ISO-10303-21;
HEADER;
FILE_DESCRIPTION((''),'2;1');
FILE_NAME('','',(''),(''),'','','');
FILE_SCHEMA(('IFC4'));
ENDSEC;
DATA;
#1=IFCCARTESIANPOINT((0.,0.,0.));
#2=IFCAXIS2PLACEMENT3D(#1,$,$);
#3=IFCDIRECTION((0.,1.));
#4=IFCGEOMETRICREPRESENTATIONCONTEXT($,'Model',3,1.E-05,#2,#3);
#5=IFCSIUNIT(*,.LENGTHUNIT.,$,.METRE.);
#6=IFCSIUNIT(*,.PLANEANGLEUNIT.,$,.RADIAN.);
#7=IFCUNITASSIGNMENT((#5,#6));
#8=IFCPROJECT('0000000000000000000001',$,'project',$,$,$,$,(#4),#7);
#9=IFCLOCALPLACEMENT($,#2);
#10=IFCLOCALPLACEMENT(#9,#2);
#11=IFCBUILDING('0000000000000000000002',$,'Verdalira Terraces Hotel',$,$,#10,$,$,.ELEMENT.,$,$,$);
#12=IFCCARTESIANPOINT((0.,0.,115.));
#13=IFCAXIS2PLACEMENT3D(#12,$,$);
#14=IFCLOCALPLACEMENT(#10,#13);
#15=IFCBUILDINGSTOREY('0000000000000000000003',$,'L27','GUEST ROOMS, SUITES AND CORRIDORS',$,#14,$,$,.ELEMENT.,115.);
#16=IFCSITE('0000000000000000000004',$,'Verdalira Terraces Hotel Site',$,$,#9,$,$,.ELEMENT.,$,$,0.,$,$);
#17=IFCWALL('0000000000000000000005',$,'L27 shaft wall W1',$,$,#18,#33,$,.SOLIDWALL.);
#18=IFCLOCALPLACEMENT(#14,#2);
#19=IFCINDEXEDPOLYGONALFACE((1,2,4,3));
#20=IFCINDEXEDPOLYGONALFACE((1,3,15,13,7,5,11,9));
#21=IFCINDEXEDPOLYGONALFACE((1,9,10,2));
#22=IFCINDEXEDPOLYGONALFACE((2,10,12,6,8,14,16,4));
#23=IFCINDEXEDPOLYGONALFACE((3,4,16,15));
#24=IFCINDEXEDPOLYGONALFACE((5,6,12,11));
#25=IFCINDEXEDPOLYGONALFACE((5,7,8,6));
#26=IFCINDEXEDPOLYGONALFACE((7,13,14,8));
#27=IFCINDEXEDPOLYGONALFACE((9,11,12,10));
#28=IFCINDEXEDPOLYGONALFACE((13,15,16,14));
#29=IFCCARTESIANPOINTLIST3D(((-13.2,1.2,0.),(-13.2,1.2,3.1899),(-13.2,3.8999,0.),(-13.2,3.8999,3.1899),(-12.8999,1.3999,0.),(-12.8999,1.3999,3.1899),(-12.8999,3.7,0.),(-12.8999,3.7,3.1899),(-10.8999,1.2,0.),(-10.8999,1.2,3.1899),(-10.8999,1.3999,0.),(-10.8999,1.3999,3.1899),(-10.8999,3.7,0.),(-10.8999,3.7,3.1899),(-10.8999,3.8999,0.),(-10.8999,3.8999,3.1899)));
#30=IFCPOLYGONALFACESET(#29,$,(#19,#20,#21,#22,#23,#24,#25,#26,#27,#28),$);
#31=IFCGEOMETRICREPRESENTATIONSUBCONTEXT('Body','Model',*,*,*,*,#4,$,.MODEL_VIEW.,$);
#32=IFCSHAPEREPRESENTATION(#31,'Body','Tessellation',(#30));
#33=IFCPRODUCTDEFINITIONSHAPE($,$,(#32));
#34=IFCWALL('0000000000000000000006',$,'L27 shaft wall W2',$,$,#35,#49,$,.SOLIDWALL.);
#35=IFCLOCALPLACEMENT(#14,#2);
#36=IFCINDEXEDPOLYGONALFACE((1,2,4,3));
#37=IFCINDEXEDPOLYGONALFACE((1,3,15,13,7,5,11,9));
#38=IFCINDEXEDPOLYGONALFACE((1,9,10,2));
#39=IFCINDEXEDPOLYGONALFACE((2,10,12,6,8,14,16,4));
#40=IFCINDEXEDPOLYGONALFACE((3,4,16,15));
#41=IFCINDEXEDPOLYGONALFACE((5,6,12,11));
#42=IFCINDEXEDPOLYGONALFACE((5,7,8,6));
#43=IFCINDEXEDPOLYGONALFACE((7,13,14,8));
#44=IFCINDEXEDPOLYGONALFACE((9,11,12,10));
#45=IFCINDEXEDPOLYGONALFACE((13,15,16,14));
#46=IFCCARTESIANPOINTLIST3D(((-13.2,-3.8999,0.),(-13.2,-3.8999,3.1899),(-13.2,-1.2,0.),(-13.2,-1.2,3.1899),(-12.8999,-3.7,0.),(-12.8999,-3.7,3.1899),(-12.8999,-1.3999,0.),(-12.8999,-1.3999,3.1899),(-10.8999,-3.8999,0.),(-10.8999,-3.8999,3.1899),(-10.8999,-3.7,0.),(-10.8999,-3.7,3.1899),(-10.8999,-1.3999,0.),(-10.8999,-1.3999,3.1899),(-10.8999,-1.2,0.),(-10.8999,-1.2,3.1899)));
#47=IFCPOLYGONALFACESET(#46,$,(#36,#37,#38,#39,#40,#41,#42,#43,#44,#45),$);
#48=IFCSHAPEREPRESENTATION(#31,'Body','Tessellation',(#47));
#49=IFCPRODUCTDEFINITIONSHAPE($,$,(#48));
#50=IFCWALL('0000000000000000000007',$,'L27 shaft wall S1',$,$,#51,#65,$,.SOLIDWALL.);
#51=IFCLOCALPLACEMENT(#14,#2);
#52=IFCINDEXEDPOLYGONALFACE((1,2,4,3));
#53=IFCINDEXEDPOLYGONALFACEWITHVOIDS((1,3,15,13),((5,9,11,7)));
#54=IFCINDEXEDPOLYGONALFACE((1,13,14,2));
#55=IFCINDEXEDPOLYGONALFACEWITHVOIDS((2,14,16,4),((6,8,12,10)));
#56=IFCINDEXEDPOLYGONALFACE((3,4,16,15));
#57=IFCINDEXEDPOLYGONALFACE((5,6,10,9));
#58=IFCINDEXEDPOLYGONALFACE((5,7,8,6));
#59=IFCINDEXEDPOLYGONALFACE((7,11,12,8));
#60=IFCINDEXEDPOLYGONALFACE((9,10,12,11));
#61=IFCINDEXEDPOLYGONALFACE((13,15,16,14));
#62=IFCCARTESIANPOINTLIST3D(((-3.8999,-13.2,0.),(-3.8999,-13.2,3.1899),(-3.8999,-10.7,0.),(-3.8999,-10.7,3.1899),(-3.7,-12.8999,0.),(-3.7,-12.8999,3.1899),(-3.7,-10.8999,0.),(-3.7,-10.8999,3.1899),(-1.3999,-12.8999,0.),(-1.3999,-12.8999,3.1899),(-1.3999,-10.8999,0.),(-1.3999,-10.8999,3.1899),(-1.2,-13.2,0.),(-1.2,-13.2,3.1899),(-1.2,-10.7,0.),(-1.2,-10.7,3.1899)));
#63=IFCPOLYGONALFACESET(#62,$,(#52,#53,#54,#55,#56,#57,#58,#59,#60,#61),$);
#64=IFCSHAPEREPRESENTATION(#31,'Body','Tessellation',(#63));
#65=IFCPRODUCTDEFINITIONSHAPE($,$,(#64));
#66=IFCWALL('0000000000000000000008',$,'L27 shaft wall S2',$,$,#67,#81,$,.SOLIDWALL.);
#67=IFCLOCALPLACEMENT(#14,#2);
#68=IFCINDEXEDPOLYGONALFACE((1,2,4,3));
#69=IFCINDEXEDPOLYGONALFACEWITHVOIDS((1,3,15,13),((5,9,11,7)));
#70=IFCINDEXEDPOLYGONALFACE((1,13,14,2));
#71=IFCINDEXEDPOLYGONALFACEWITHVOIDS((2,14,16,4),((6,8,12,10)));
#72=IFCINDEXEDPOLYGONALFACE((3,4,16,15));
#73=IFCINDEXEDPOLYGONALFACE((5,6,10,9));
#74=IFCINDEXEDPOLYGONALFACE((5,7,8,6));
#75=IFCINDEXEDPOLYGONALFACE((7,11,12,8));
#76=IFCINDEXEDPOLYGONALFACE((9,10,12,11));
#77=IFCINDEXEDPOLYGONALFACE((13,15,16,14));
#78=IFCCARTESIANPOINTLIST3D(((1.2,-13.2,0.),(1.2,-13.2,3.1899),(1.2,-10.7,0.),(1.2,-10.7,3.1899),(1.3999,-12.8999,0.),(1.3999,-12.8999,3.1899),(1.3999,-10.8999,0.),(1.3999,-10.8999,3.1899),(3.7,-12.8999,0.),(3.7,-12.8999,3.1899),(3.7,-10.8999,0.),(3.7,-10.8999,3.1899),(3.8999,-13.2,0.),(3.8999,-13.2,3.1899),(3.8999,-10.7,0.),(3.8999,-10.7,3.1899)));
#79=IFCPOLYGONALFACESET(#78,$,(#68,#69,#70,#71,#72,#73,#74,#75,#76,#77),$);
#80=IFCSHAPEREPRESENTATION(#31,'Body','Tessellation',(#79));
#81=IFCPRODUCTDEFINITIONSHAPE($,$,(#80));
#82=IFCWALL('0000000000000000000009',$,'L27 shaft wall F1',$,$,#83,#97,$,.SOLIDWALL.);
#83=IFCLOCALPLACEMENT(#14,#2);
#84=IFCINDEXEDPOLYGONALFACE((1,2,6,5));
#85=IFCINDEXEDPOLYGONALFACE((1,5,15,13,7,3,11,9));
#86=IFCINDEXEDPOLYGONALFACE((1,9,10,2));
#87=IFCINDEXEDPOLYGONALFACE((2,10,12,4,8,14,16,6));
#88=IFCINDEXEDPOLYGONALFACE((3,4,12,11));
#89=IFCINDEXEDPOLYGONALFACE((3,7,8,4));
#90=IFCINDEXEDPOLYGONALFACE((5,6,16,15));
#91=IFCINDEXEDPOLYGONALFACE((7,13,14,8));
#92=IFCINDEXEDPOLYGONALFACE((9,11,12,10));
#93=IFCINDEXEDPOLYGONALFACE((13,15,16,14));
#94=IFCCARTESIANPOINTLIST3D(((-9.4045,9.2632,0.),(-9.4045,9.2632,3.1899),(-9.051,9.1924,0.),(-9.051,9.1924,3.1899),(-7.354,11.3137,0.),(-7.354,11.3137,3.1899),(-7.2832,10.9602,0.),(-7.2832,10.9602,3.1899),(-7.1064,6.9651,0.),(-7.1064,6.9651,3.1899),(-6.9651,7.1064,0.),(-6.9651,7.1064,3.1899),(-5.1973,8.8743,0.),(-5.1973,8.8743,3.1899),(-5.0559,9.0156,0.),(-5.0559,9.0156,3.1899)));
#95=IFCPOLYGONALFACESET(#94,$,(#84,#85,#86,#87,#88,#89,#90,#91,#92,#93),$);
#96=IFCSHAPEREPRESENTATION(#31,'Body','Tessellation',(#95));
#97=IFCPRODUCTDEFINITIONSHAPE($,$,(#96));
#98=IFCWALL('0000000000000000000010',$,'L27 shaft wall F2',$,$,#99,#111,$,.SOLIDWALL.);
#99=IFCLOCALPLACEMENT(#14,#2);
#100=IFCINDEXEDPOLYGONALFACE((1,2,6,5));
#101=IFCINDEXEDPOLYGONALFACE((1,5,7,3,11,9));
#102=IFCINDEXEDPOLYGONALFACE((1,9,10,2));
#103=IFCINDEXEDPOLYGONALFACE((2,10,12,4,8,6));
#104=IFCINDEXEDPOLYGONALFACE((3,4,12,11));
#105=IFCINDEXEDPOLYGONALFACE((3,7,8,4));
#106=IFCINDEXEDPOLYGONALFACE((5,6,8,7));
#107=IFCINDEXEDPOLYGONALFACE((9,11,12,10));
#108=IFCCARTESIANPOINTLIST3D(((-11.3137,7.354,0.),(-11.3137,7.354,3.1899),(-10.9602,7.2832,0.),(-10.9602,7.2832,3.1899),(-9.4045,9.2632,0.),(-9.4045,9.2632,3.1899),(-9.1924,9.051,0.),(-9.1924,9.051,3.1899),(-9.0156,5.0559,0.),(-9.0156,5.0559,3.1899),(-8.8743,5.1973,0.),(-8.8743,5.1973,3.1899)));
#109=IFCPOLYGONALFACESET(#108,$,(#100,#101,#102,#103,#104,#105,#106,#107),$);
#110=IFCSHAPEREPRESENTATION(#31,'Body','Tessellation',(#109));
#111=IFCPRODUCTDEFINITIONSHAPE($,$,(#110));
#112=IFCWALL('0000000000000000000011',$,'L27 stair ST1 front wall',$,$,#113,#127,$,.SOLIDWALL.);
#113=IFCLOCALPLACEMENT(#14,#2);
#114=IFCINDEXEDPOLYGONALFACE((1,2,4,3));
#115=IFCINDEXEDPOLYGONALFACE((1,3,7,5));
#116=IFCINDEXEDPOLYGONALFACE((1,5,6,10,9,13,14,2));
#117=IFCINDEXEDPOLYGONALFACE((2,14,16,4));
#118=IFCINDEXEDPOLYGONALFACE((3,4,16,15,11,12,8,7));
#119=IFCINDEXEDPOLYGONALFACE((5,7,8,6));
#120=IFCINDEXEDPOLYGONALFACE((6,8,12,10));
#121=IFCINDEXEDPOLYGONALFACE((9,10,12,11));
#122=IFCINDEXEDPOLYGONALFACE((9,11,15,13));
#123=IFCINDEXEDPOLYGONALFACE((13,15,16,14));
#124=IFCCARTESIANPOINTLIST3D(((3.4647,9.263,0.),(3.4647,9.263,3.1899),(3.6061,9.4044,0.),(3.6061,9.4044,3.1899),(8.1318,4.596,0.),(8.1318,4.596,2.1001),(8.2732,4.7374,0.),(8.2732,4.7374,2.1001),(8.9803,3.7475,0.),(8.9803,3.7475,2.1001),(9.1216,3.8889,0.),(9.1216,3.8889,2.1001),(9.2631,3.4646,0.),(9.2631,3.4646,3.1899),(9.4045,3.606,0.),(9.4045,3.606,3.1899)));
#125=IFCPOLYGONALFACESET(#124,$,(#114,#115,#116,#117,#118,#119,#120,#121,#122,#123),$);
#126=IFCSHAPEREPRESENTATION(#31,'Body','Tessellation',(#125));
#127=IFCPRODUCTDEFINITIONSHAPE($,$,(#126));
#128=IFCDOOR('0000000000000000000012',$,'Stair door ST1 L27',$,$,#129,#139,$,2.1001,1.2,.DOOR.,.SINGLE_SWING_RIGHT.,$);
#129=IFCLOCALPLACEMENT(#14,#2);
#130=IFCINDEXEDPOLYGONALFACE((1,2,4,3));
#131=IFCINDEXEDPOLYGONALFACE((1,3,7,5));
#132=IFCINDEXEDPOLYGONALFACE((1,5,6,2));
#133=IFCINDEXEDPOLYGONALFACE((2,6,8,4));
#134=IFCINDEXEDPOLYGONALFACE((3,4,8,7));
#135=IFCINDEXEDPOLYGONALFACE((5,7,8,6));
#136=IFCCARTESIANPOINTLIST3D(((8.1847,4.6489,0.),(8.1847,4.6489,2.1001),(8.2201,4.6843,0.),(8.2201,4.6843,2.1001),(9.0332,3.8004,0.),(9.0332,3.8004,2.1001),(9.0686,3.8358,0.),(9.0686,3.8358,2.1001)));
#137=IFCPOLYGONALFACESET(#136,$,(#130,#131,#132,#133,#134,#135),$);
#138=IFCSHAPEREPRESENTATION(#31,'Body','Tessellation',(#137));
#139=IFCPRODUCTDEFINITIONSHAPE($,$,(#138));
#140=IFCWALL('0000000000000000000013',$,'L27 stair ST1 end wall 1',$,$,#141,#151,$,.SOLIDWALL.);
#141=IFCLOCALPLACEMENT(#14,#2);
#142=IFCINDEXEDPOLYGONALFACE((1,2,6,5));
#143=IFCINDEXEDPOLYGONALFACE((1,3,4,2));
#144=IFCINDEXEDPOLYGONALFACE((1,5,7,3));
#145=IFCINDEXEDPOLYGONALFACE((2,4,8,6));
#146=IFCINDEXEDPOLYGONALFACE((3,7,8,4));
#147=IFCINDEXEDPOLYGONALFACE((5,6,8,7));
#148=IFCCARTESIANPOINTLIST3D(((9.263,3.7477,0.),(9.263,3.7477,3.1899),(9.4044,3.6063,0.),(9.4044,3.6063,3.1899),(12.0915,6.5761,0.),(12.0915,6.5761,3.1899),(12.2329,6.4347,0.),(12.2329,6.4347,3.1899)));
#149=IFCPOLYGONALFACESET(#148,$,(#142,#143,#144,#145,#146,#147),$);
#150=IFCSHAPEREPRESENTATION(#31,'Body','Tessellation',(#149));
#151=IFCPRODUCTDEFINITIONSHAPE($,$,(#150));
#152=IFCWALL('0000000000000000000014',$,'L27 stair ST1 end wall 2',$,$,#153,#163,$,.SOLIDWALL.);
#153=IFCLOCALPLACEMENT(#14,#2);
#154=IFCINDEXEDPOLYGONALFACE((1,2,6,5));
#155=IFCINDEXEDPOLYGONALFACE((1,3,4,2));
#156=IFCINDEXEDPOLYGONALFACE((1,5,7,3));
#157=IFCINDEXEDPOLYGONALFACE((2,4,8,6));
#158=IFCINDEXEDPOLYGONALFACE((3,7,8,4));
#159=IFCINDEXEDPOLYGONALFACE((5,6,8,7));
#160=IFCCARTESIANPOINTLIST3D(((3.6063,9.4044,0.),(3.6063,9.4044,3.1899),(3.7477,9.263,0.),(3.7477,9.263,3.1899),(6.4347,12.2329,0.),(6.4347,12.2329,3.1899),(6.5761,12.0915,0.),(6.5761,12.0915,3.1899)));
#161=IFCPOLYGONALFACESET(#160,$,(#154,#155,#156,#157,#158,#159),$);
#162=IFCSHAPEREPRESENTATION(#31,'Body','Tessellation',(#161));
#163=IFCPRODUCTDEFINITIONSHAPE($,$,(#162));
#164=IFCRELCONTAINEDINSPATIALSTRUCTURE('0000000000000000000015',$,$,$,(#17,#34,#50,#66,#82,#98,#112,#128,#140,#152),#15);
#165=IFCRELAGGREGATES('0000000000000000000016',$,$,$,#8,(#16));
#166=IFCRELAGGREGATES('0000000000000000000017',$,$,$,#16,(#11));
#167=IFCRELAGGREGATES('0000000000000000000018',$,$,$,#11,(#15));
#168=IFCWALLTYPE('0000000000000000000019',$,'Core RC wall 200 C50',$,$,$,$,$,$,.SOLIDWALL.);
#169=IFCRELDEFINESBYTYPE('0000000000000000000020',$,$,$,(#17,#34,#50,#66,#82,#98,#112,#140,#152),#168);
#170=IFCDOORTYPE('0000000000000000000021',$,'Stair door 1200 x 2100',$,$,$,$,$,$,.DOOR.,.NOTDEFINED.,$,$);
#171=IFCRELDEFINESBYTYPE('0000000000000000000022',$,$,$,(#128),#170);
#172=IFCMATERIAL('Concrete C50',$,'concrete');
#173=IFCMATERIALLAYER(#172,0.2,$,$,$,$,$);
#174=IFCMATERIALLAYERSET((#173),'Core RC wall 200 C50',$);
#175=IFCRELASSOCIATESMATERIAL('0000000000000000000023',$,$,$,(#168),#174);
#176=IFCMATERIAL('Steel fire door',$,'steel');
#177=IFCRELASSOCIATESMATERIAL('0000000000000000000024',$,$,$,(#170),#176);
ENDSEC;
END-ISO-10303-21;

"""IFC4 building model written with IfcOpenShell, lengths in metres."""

from ifc_helpers import new_model, si_unit, direction, frame, frame_2d, origin, place, context, subcontext, project, spatial, polyline, rectangle, outline, extrude, material, layer, layer_set, type_object, element, fill, save


model = new_model("IFC4")

# Units and contexts
model_context = context("Model", 3, precision=1e-05, world=origin(), true_north=direction((0.0, 1.0)))
body_context = subcontext(model_context, "Body", "Model", "MODEL_VIEW")
ifc_project = project(units=[si_unit("LENGTHUNIT", "METRE"), si_unit("PLANEANGLEUNIT", "RADIAN")], contexts=[model_context])

# Site, building, storey
site_placement = place(None, origin())
site = spatial("IfcSite", under=ifc_project, at=site_placement, Name="Verdalira Terraces Hotel Site", CompositionType="ELEMENT", RefElevation=0.0)
building_placement = place(site_placement, origin())
building = spatial("IfcBuilding", under=site, at=building_placement, Name="Verdalira Terraces Hotel", CompositionType="ELEMENT")
storey_placement = place(building_placement, frame((0.0, 0.0, 115.0)))
storey = spatial("IfcBuildingStorey", under=building, at=storey_placement, Name="L27", Description="GUEST ROOMS, SUITES AND CORRIDORS", CompositionType="ELEMENT", Elevation=115.0)

# Shared definitions
ifc_material_1 = material(Name="Concrete C50", Category="concrete")
ifc_layer_1 = layer(ifc_material_1, 0.2)
ifc_layer_set_1 = layer_set([ifc_layer_1], Name="Core RC wall 200 C50")
wall_type_1 = type_object("IfcWallType", Name="Core RC wall 200 C50", PredefinedType="SOLIDWALL", material=ifc_layer_set_1)

# Walls
wall_1_placement = place(storey_placement, origin())
element("IfcWall", 1, at=wall_1_placement, inside=storey, type_object=wall_type_1, Name="L27 shaft wall W1", PredefinedType="SOLIDWALL", context=body_context, shape_type="SweptSolid", body=[
    extrude(outline(polyline([(-13.2, 3.8999), (-10.8999, 3.8999), (-10.8999, 3.7), (-12.8999, 3.7), (-12.8999, 1.3999), (-10.8999, 1.3999), (-10.8999, 1.2), (-13.2, 1.2), (-13.2, 3.8999)])), origin(), (0.0, 0.0, 1.0), 3.1899),
])
wall_2_placement = place(storey_placement, origin())
element("IfcWall", 2, at=wall_2_placement, inside=storey, type_object=wall_type_1, Name="L27 shaft wall W2", PredefinedType="SOLIDWALL", context=body_context, shape_type="SweptSolid", body=[
    extrude(outline(polyline([(-13.2, -3.8999), (-13.2, -1.2), (-10.8999, -1.2), (-10.8999, -1.3999), (-12.8999, -1.3999), (-12.8999, -3.7), (-10.8999, -3.7), (-10.8999, -3.8999), (-13.2, -3.8999)])), origin(), (0.0, 0.0, 1.0), 3.1899),
])
wall_3_placement = place(storey_placement, origin())
element("IfcWall", 3, at=wall_3_placement, inside=storey, type_object=wall_type_1, Name="L27 shaft wall S1", PredefinedType="SOLIDWALL", context=body_context, shape_type="SweptSolid", body=[
    extrude(outline(polyline([(-1.2, -13.2), (-3.8999, -13.2), (-3.8999, -10.7), (-1.2, -10.7), (-1.2, -13.2)]), holes=[polyline([(-3.7, -10.8999), (-3.7, -12.8999), (-1.3999, -12.8999), (-1.3999, -10.8999), (-3.7, -10.8999)])]), origin(), (0.0, 0.0, 1.0), 3.1899),
])
wall_4_placement = place(storey_placement, origin())
element("IfcWall", 4, at=wall_4_placement, inside=storey, type_object=wall_type_1, Name="L27 shaft wall S2", PredefinedType="SOLIDWALL", context=body_context, shape_type="SweptSolid", body=[
    extrude(outline(polyline([(3.8999, -10.7), (3.8999, -13.2), (1.2, -13.2), (1.2, -10.7), (3.8999, -10.7)]), holes=[polyline([(1.3999, -12.8999), (3.7, -12.8999), (3.7, -10.8999), (1.3999, -10.8999), (1.3999, -12.8999)])]), origin(), (0.0, 0.0, 1.0), 3.1899),
])
wall_5_placement = place(storey_placement, origin())
element("IfcWall", 5, at=wall_5_placement, inside=storey, type_object=wall_type_1, Name="L27 shaft wall F1", PredefinedType="SOLIDWALL", context=body_context, shape_type="SweptSolid", body=[
    extrude(outline(polyline([(-9.4045, 9.2632), (-7.354, 11.3137), (-5.0559, 9.0156), (-5.1973, 8.8743), (-7.2832, 10.9602), (-9.051, 9.1924), (-6.9651, 7.1064), (-7.1064, 6.9651), (-9.4045, 9.2632)])), origin(), (0.0, 0.0, 1.0), 3.1899),
])
wall_6_placement = place(storey_placement, origin())
element("IfcWall", 6, at=wall_6_placement, inside=storey, type_object=wall_type_1, Name="L27 shaft wall F2", PredefinedType="SOLIDWALL", context=body_context, shape_type="SweptSolid", body=[
    extrude(outline(polyline([(-11.3137, 7.354), (-9.4045, 9.2632), (-9.1924, 9.051), (-10.9602, 7.2832), (-8.8743, 5.1973), (-9.0156, 5.0559), (-11.3137, 7.354)])), origin(), (0.0, 0.0, 1.0), 3.1899),
])

# Wall, opening, door
wall_7_placement = place(storey_placement, frame((3.5354, 9.3337, 0.0), z_axis=(0.0, 0.0, 1.0), x_axis=(0.707107, -0.707107, 0.0)))
wall_7 = element("IfcWall", 7, at=wall_7_placement, inside=storey, type_object=wall_type_1, Name="L27 stair ST1 front wall", PredefinedType="SOLIDWALL", context=body_context, shape_type="SweptSolid", body=[
    extrude(rectangle(XDim=8.2002, YDim=0.2, at=frame_2d((4.1001, 0.0))), origin(), (0.0, 0.0, 1.0), 3.1899),
])
opening_1_placement = place(wall_7_placement, frame((6.6001, 0.0, 0.0)))
opening_1 = element("IfcOpeningElement", 8, at=opening_1_placement, cuts=wall_7, PredefinedType="OPENING", context=body_context, shape_type="SweptSolid", body=[
    extrude(rectangle(XDim=1.2, YDim=2.1001, at=frame_2d((0.6001, 1.05))), frame((0.0, 0.1099, 0.0), z_axis=(0.0, -1.0, 0.0), x_axis=(1.0, 0.0, 0.0)), (0.0, 0.0, 1.0), 0.22),
])
ifc_material_2 = material(Name="Steel fire door", Category="steel")
door_type_1 = type_object("IfcDoorType", Name="Stair door 1200 x 2100", OperationType="NOTDEFINED", PredefinedType="DOOR", material=ifc_material_2)
door_1_placement = place(opening_1_placement, origin())
door_1 = element("IfcDoor", 9, at=door_1_placement, inside=storey, type_object=door_type_1, Name="Stair door ST1 L27", OperationType="SINGLE_SWING_RIGHT", OverallHeight=2.1001, OverallWidth=1.2, PredefinedType="DOOR", context=body_context, shape_type="SweptSolid", body=[
    extrude(rectangle(XDim=1.2, YDim=2.1001, at=frame_2d((0.6001, 1.05))), frame((0.0, 0.0249, 0.0), z_axis=(0.0, -1.0, 0.0), x_axis=(1.0, 0.0, 0.0)), (0.0, 0.0, 1.0), 0.05),
])
fill(opening_1, door_1)

# Walls
for number, where, z_axis, x_axis, name in (
    (10, (9.3337, 3.677, 0.0), (0.0, 0.0, 1.0), (0.707107, 0.707107, 0.0), "L27 stair ST1 end wall 1"),
    (11, (3.677, 9.3337, 0.0), (0.0, 0.0, 1.0), (0.707107, 0.707107, 0.0), "L27 stair ST1 end wall 2"),
):
    element("IfcWall", number, at=place(storey_placement, frame(where, z_axis=z_axis, x_axis=x_axis)), inside=storey, type_object=wall_type_1, Name=name, PredefinedType="SOLIDWALL", context=body_context, shape_type="SweptSolid", body=[
        extrude(rectangle(XDim=4.0, YDim=0.2, at=frame_2d((2.0, 0.0))), origin(), (0.0, 0.0, 1.0), 3.1899),
    ])

save(model, "model.ifc")
